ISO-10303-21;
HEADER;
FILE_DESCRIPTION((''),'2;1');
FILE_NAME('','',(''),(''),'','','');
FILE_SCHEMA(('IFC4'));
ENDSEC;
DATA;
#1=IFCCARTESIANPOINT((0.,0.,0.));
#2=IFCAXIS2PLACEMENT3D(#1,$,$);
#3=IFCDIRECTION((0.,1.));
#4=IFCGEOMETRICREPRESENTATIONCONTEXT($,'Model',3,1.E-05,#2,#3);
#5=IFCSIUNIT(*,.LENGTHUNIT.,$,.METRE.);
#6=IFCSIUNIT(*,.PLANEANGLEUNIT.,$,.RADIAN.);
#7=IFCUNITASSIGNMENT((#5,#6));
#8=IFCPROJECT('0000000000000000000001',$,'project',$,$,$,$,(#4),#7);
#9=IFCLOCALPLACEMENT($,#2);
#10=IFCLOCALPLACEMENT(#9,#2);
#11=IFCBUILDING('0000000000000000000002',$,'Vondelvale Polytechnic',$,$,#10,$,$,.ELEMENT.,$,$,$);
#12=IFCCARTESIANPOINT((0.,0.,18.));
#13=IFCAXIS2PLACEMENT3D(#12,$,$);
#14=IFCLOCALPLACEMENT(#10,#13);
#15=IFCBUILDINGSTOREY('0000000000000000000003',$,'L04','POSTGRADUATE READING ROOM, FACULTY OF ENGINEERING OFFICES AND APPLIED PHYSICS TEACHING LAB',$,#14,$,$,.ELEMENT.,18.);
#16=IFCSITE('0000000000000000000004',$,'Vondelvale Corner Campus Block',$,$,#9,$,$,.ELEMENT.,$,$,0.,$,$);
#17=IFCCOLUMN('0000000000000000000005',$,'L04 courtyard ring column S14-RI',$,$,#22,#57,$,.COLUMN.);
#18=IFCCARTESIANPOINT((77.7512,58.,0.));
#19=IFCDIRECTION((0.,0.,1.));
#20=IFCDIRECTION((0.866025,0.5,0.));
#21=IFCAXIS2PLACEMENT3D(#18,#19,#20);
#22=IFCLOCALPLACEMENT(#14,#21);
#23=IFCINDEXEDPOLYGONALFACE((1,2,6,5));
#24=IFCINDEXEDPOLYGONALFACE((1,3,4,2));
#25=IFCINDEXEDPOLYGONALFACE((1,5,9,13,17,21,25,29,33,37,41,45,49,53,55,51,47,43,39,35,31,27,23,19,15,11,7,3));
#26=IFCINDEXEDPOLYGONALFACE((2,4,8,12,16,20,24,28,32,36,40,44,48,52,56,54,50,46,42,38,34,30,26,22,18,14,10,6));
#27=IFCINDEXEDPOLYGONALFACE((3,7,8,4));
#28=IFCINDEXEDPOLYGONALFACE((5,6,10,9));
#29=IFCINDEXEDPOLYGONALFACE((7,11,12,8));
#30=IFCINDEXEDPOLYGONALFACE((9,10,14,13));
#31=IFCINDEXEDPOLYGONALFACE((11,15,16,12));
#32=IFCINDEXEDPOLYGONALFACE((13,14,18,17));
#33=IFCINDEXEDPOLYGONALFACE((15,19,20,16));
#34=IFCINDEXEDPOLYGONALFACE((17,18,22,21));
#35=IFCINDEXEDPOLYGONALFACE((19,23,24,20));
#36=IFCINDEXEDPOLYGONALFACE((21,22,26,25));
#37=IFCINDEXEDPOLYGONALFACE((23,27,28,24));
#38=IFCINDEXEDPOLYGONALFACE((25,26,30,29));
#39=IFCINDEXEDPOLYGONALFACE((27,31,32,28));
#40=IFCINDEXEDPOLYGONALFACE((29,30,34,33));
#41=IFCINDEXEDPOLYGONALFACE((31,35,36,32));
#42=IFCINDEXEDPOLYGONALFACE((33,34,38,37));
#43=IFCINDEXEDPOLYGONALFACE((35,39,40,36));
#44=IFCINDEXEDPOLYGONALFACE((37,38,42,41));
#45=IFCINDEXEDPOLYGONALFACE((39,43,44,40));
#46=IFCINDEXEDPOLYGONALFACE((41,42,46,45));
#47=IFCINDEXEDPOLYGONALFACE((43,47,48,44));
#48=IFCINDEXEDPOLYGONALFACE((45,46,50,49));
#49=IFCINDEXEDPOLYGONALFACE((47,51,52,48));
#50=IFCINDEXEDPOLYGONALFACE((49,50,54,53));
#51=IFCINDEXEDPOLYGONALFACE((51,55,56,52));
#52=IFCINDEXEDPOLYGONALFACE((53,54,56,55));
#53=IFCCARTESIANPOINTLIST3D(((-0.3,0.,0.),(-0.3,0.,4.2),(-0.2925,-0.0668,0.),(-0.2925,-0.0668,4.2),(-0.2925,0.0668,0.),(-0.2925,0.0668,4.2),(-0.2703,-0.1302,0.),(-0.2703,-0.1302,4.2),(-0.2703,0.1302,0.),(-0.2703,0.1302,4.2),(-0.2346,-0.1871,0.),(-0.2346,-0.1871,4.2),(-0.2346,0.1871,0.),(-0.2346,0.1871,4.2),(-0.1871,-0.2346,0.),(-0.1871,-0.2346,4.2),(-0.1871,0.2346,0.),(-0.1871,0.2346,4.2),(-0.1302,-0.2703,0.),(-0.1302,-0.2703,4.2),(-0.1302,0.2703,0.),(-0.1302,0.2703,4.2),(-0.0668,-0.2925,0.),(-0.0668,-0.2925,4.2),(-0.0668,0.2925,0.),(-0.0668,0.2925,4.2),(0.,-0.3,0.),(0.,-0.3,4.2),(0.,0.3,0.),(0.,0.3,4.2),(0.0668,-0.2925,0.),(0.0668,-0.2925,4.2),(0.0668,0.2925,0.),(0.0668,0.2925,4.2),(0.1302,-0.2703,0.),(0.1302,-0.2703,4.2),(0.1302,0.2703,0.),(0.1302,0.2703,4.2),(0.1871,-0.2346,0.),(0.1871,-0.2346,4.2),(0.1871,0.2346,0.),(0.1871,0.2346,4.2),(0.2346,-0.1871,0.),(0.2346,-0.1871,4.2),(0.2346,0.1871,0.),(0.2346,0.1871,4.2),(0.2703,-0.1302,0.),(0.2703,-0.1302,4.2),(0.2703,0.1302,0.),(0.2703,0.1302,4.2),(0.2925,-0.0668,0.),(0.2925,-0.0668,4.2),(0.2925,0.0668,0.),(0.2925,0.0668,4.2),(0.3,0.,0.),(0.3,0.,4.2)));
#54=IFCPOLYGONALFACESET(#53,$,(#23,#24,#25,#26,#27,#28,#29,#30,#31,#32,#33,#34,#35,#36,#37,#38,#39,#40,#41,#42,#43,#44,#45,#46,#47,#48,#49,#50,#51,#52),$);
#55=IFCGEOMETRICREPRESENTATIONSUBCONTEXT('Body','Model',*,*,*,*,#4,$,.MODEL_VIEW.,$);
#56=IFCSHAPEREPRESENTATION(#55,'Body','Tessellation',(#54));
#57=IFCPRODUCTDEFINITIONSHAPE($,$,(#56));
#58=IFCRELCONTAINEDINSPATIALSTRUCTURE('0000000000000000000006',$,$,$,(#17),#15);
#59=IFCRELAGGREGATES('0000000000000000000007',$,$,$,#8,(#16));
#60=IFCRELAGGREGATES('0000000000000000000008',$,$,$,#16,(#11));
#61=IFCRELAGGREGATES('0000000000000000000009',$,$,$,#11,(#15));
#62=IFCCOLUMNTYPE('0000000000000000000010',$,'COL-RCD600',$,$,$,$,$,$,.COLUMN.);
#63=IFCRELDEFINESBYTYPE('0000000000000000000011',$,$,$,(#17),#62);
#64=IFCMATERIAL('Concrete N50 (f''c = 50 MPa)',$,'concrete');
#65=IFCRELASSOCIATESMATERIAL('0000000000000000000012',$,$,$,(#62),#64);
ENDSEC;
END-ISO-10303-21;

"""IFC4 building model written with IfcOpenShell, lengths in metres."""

from ifc_helpers import new_model, si_unit, direction, frame, origin, origin_2d, place, context, subcontext, project, spatial, circle, extrude, material, material_profile, profile_set, type_object, element, save


model = new_model("IFC4")

# Units and contexts
model_context = context("Model", 3, precision=1e-05, world=origin(), true_north=direction((0.0, 1.0)))
body_context = subcontext(model_context, "Body", "Model", "MODEL_VIEW")
ifc_project = project(units=[si_unit("LENGTHUNIT", "METRE"), si_unit("PLANEANGLEUNIT", "RADIAN")], contexts=[model_context])

# Site, building, storey
site_placement = place(None, origin())
site = spatial("IfcSite", under=ifc_project, at=site_placement, Name="Vondelvale Corner Campus Block", CompositionType="ELEMENT", RefElevation=0.0)
building_placement = place(site_placement, origin())
building = spatial("IfcBuilding", under=site, at=building_placement, Name="Vondelvale Polytechnic", CompositionType="ELEMENT")
storey_placement = place(building_placement, frame((0.0, 0.0, 18.0)))
storey = spatial("IfcBuildingStorey", under=building, at=storey_placement, Name="L04", Description="POSTGRADUATE READING ROOM, FACULTY OF ENGINEERING OFFICES AND APPLIED PHYSICS TEACHING LAB", CompositionType="ELEMENT", Elevation=18.0)

# Column
ifc_material_1 = material(Name="Concrete N50 (f'c = 50 MPa)", Category="concrete")
ifc_material_profile_1 = material_profile(ifc_material_1, circle(Radius=0.3, at=origin_2d()), Name="RC-COL-D600")
ifc_profile_set_1 = profile_set([ifc_material_profile_1], Name="Concrete N50 (f'c = 50 MPa)")
column_type = type_object("IfcColumnType", Name="COL-RCD600", PredefinedType="COLUMN", material=ifc_profile_set_1)
column_placement = place(storey_placement, frame((77.7512, 58.0, 0.0), z_axis=(0.0, 0.0, 1.0), x_axis=(0.866025, 0.5, 0.0)))
element("IfcColumn", 1, at=column_placement, inside=storey, type_object=column_type, Name="L04 courtyard ring column S14-RI", PredefinedType="COLUMN", context=body_context, shape_type="SweptSolid", body=[
    extrude(circle(Radius=0.3, at=origin_2d()), origin(), (0.0, 0.0, 1.0), 4.2),
])

save(model, "model.ifc")
